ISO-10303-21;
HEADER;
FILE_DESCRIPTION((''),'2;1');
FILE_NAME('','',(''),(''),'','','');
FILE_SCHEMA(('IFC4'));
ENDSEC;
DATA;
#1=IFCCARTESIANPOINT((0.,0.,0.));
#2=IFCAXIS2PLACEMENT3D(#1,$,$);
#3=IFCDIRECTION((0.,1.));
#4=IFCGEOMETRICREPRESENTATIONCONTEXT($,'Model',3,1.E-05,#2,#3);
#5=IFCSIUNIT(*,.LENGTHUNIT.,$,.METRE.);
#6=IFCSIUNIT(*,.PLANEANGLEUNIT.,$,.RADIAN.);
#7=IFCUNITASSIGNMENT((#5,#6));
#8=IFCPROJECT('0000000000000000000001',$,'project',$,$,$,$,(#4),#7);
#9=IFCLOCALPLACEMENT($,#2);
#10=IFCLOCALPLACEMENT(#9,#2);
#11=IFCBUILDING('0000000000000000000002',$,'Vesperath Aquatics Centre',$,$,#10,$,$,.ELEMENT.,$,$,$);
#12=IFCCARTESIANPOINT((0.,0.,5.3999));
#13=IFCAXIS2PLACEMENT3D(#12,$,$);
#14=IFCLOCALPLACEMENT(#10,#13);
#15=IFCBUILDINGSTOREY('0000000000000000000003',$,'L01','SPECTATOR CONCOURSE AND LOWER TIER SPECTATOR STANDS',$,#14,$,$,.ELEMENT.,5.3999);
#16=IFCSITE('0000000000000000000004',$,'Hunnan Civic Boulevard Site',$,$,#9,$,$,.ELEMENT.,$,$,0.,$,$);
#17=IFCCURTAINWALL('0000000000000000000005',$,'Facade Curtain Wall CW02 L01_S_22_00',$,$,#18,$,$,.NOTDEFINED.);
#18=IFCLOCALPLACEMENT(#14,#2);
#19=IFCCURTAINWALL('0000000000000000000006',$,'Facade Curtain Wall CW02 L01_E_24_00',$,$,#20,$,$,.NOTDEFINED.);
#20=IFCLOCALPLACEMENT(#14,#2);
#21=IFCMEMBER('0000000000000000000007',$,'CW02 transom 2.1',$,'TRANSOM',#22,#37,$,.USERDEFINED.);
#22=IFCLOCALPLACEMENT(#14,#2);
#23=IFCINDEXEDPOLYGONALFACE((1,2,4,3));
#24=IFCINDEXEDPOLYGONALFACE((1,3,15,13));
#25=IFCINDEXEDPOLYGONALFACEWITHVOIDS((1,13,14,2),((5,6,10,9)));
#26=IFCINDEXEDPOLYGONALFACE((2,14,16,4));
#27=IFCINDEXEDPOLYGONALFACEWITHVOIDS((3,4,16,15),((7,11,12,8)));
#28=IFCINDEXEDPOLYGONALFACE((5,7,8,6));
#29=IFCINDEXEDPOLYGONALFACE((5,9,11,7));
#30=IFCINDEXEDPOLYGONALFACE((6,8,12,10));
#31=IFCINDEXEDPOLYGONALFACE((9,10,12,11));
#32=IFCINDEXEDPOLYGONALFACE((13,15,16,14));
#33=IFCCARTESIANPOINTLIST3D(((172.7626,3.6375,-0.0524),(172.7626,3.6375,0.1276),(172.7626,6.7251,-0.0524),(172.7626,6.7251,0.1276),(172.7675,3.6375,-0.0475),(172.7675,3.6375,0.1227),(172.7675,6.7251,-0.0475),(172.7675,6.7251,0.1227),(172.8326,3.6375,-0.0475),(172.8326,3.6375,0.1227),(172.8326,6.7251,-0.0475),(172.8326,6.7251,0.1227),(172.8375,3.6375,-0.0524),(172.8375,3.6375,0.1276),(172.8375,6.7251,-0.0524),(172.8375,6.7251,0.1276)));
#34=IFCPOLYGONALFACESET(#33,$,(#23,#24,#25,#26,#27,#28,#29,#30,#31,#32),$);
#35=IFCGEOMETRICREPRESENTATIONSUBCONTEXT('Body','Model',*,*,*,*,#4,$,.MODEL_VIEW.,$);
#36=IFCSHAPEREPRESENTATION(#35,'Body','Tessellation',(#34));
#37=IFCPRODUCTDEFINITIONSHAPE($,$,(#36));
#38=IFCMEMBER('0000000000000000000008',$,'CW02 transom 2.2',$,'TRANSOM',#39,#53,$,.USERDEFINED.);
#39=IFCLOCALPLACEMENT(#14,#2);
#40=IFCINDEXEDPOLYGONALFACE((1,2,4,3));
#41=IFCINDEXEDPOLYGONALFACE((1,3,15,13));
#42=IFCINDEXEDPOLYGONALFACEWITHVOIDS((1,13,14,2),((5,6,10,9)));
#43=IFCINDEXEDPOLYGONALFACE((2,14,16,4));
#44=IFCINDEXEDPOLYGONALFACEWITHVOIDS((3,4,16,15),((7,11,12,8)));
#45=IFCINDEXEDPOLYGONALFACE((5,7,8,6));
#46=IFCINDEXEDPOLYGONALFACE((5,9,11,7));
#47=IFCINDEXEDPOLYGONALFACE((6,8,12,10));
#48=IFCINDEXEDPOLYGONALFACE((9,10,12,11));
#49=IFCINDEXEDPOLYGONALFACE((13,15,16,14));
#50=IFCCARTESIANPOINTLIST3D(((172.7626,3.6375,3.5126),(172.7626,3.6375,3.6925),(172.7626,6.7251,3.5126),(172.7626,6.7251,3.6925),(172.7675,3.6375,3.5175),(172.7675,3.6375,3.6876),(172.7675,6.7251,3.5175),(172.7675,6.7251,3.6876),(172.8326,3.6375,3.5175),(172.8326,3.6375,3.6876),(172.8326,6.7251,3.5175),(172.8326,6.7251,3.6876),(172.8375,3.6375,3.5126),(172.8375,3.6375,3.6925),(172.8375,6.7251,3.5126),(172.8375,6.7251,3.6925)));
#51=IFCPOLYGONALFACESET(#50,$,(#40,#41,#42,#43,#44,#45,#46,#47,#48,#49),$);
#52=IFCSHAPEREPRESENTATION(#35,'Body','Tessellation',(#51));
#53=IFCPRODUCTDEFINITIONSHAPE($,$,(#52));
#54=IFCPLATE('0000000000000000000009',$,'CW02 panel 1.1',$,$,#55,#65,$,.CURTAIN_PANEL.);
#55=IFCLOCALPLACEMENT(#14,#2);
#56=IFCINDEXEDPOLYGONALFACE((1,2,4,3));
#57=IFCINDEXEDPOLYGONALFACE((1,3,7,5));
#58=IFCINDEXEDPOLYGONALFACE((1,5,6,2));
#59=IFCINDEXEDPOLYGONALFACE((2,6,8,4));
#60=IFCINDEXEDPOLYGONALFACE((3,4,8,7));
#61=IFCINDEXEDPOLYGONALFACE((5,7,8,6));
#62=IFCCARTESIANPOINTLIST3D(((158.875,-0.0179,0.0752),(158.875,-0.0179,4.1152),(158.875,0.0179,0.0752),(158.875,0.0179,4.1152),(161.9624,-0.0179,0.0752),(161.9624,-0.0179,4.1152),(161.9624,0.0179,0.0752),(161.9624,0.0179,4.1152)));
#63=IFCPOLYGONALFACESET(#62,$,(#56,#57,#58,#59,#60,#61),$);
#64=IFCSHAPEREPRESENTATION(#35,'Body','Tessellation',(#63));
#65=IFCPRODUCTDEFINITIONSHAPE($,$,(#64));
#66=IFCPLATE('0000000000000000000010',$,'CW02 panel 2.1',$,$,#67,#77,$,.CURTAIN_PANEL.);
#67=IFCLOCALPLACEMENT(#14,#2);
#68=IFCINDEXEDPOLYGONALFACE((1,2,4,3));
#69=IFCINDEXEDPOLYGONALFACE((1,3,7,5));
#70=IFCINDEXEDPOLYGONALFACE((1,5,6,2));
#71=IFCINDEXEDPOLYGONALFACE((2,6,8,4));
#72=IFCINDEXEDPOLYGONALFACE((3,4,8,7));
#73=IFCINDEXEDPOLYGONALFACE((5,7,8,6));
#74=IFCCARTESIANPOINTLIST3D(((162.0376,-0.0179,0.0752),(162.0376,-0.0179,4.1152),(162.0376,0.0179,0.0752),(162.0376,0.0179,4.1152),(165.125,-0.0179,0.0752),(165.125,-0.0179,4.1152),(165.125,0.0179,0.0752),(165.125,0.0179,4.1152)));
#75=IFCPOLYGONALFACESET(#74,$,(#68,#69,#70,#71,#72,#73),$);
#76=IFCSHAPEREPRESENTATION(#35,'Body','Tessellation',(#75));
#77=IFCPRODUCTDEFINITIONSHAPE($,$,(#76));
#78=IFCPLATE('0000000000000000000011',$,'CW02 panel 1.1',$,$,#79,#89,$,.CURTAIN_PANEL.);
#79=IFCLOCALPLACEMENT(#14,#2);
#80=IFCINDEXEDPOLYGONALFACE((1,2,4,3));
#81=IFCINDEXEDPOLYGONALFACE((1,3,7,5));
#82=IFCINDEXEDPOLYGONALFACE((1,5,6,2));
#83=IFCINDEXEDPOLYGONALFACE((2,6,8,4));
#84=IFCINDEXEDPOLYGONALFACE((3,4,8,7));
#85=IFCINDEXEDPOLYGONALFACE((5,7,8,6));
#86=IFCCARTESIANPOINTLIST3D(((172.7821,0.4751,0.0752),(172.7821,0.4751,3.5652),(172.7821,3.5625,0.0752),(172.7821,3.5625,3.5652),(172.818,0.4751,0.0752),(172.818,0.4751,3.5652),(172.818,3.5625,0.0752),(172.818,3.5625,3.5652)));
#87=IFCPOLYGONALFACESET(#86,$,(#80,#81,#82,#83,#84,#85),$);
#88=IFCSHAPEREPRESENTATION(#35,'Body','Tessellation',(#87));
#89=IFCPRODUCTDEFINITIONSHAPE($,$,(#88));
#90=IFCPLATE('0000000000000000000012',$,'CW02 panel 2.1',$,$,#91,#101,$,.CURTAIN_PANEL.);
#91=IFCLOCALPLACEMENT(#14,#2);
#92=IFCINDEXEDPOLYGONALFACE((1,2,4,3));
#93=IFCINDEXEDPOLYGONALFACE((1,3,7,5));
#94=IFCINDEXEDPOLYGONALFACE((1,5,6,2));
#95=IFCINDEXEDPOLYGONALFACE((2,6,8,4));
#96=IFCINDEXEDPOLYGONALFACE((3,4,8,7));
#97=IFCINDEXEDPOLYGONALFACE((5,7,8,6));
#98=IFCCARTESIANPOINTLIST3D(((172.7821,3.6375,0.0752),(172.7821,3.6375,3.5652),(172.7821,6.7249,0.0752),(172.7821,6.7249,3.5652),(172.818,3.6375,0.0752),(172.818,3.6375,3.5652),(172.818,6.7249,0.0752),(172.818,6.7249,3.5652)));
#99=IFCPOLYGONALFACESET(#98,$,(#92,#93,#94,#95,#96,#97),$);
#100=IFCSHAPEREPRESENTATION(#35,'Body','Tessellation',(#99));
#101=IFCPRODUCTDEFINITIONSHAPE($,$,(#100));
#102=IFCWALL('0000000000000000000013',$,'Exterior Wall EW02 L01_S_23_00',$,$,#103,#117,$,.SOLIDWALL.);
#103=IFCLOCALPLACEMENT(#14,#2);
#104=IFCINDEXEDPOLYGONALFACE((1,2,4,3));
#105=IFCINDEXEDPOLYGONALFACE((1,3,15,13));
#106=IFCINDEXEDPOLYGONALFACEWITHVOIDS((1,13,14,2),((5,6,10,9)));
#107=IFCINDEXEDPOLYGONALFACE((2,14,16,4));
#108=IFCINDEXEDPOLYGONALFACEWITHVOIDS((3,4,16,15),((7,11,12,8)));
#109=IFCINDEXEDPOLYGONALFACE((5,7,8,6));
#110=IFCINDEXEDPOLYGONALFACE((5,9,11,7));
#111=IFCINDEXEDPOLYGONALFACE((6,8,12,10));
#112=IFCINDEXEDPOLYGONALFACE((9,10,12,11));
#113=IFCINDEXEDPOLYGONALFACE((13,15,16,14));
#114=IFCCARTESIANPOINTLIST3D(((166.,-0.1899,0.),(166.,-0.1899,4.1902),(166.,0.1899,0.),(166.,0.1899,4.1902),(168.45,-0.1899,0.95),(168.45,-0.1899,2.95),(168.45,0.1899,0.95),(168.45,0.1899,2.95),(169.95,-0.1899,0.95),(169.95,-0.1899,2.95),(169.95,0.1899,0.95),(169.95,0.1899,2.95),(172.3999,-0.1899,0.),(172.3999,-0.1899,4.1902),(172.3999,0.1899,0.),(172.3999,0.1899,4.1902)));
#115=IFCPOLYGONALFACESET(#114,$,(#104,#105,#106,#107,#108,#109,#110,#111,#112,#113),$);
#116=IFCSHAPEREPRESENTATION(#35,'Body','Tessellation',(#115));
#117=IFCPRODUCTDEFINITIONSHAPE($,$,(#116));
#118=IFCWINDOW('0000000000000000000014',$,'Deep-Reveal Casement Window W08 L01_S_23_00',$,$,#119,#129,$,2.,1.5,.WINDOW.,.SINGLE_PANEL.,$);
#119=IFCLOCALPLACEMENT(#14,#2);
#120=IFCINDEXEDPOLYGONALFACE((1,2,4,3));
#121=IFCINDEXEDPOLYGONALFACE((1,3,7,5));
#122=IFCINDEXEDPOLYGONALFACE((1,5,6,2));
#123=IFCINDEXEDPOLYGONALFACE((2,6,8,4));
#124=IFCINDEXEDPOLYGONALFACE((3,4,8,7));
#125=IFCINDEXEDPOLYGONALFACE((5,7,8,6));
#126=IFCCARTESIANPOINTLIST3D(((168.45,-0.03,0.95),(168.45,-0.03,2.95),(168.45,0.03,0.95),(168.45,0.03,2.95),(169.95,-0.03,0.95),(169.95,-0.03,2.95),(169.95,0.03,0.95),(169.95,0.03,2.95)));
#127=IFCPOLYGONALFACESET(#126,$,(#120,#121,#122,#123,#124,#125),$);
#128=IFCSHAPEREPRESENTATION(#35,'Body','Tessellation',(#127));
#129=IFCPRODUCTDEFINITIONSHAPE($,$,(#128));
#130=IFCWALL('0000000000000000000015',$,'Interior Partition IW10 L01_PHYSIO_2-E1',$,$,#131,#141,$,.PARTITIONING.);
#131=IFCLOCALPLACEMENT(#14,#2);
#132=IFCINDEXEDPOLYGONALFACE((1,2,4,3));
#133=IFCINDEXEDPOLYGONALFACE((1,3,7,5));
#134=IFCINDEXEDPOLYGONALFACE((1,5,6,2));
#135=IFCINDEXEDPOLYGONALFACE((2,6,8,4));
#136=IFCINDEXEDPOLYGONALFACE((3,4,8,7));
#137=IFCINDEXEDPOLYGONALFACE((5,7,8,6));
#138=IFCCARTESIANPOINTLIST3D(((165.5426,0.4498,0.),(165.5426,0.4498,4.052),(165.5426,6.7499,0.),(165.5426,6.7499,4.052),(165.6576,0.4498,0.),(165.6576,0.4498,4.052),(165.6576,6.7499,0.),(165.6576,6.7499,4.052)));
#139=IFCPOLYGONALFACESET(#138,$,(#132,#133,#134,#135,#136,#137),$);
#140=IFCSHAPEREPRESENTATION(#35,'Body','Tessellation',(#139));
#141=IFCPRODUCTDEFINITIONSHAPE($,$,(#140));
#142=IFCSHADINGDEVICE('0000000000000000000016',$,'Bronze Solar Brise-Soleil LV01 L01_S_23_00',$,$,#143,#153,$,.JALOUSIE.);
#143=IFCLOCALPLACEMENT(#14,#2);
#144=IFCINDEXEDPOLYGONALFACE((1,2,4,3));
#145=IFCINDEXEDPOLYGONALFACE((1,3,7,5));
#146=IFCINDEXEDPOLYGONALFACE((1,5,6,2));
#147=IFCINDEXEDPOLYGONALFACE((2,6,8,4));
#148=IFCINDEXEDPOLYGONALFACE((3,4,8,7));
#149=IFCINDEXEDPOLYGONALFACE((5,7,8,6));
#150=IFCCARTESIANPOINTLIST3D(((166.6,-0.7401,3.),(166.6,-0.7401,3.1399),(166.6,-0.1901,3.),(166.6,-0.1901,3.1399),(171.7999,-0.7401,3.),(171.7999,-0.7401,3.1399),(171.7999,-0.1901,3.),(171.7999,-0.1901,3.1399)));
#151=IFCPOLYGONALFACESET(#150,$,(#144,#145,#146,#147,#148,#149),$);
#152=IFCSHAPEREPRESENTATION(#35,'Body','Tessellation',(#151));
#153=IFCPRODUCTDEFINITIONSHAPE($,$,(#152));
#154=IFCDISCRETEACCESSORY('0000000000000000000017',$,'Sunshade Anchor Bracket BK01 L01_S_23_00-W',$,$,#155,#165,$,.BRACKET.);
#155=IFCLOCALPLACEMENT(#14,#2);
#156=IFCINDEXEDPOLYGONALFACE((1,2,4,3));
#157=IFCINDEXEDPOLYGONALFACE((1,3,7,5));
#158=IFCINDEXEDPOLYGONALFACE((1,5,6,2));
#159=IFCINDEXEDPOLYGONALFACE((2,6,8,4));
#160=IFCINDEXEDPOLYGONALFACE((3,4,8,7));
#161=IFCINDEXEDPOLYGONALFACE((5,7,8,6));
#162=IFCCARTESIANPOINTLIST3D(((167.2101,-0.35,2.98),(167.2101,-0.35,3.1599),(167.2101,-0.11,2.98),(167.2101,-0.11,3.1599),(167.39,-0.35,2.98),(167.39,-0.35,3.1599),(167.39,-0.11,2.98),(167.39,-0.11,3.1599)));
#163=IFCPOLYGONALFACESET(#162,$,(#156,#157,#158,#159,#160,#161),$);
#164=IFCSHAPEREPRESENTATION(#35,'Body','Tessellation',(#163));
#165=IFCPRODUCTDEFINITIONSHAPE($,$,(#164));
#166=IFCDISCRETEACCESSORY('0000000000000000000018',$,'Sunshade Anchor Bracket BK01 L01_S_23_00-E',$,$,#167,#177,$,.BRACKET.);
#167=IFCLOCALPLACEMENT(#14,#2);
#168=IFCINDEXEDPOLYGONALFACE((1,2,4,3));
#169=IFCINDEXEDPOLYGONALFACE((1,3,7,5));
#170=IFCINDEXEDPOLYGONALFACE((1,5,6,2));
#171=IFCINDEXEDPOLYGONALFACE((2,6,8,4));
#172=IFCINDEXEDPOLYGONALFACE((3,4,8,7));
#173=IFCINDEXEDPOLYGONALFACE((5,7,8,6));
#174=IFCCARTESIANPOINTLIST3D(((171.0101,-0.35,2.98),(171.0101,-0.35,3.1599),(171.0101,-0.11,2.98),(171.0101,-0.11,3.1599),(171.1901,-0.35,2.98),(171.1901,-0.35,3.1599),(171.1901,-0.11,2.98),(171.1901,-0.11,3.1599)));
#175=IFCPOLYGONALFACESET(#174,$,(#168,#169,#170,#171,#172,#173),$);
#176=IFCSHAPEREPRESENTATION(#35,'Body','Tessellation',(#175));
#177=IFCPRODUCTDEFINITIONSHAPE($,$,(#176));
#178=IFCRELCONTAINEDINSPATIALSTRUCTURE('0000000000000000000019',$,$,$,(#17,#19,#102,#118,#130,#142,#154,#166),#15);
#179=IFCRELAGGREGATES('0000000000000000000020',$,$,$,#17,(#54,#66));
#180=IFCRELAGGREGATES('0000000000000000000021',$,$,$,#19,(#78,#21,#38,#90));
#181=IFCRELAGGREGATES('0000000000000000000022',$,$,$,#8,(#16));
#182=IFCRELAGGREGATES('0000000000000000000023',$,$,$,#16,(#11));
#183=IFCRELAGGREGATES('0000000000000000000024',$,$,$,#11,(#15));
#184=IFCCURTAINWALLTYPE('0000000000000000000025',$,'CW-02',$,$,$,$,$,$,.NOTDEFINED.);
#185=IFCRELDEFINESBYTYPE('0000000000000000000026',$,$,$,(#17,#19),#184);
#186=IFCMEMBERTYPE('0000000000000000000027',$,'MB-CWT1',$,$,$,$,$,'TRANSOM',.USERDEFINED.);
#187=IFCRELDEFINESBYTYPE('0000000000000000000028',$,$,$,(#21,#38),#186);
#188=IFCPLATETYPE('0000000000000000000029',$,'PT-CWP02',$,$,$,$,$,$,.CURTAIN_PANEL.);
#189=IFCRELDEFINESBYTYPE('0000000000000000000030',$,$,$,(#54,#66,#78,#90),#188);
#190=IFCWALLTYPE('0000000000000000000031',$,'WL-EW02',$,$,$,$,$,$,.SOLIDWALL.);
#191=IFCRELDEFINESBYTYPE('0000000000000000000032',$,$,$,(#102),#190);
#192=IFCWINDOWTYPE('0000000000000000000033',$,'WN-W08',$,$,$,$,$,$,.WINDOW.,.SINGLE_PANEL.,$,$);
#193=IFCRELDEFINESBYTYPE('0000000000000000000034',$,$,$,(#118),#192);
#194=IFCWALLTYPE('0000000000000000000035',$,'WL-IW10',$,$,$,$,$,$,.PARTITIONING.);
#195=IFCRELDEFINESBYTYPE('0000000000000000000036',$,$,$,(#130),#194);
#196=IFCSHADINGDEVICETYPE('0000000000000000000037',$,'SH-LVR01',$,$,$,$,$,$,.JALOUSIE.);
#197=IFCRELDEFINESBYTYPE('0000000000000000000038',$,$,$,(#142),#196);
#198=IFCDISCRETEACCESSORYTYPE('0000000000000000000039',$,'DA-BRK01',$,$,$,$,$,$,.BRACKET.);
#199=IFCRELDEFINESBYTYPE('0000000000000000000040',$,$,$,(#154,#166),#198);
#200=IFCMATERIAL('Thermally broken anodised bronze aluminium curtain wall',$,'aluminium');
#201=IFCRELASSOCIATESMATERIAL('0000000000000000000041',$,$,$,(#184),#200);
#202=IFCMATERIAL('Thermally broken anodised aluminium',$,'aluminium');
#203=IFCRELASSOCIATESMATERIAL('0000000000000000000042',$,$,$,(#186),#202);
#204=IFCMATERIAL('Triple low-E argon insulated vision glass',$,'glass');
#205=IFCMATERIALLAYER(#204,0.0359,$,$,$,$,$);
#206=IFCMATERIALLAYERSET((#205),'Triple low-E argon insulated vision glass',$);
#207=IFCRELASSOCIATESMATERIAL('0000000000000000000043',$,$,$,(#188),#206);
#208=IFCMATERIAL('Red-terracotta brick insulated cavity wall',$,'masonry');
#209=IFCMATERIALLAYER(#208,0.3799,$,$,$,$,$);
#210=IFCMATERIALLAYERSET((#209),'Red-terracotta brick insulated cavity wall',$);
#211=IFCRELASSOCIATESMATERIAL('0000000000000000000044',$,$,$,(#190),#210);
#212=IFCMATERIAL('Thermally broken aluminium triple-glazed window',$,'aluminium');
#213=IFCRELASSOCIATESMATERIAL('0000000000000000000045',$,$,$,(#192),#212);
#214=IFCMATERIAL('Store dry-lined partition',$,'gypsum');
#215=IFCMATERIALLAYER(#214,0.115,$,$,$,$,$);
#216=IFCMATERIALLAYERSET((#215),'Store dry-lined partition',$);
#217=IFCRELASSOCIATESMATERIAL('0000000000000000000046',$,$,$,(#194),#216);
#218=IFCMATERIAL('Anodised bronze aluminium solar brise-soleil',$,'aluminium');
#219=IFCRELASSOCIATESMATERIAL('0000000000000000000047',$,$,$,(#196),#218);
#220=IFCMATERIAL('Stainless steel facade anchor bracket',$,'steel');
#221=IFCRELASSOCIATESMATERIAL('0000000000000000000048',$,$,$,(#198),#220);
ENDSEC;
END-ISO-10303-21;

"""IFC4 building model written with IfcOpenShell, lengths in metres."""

from ifc_helpers import new_model, si_unit, direction, frame, frame_2d, origin, origin_2d, place, context, subcontext, project, spatial, rectangle, hollow_rectangle, extrude, material, layer, layer_set, material_profile, profile_set, type_object, element, fill, aggregate, save


model = new_model("IFC4")

# Units and contexts
model_context = context("Model", 3, precision=1e-05, world=origin(), true_north=direction((0.0, 1.0)))
body_context = subcontext(model_context, "Body", "Model", "MODEL_VIEW")
ifc_project = project(units=[si_unit("LENGTHUNIT", "METRE"), si_unit("PLANEANGLEUNIT", "RADIAN")], contexts=[model_context])

# Site, building, storey
site_placement = place(None, origin())
site = spatial("IfcSite", under=ifc_project, at=site_placement, Name="Hunnan Civic Boulevard Site", CompositionType="ELEMENT", RefElevation=0.0)
building_placement = place(site_placement, origin())
building = spatial("IfcBuilding", under=site, at=building_placement, Name="Vesperath Aquatics Centre", CompositionType="ELEMENT")
storey_placement = place(building_placement, frame((0.0, 0.0, 5.3999)))
storey = spatial("IfcBuildingStorey", under=building, at=storey_placement, Name="L01", Description="SPECTATOR CONCOURSE AND LOWER TIER SPECTATOR STANDS", CompositionType="ELEMENT", Elevation=5.3999)

# Curtain walls
ifc_material_1 = material(Name="Thermally broken anodised bronze aluminium curtain wall", Category="aluminium")
curtain_wall_type = type_object("IfcCurtainWallType", Name="CW-02", PredefinedType="NOTDEFINED", material=ifc_material_1)
curtain_wall_1_placement = place(storey_placement, origin())
curtain_wall_1 = element("IfcCurtainWall", 1, at=curtain_wall_1_placement, inside=storey, type_object=curtain_wall_type, Name="Facade Curtain Wall CW02 L01_S_22_00", PredefinedType="NOTDEFINED")
ifc_material_2 = material(Name="Thermally broken anodised aluminium", Category="aluminium")
curtain_wall_2_placement = place(storey_placement, origin())
curtain_wall_2 = element("IfcCurtainWall", 2, at=curtain_wall_2_placement, inside=storey, type_object=curtain_wall_type, Name="Facade Curtain Wall CW02 L01_E_24_00", PredefinedType="NOTDEFINED")

# Members
ifc_material_profile_1 = material_profile(ifc_material_2, hollow_rectangle(XDim=0.075, YDim=0.1799, WallThickness=0.0049, at=origin_2d()), Name="CWT 75x180x5")
ifc_profile_set_1 = profile_set([ifc_material_profile_1], Name="Thermally broken anodised aluminium")
member_type_1 = type_object("IfcMemberType", Name="MB-CWT1", ElementType="TRANSOM", PredefinedType="USERDEFINED", material=ifc_profile_set_1)
member_1_placement = place(storey_placement, frame((172.8, 3.6375, 0.0376), z_axis=(0.0, 1.0, 0.0), x_axis=(-1.0, 0.0, 0.0)))
member_1 = element("IfcMember", 3, at=member_1_placement, type_object=member_type_1, Name="CW02 transom 2.1", ObjectType="TRANSOM", PredefinedType="USERDEFINED", context=body_context, shape_type="SweptSolid", body=[
    extrude(hollow_rectangle(XDim=0.075, YDim=0.1799, WallThickness=0.0049, at=origin_2d()), origin(), (0.0, 0.0, 1.0), 3.0876),
])
member_2_placement = place(storey_placement, frame((172.8, 3.6375, 3.6025), z_axis=(0.0, 1.0, 0.0), x_axis=(-1.0, 0.0, 0.0)))
member_2 = element("IfcMember", 4, at=member_2_placement, type_object=member_type_1, Name="CW02 transom 2.2", ObjectType="TRANSOM", PredefinedType="USERDEFINED", context=body_context, shape_type="SweptSolid", body=[
    extrude(hollow_rectangle(XDim=0.075, YDim=0.1799, WallThickness=0.0049, at=origin_2d()), origin(), (0.0, 0.0, 1.0), 3.0876),
])

# Plates
ifc_material_3 = material(Name="Triple low-E argon insulated vision glass", Category="glass")
ifc_layer_1 = layer(ifc_material_3, 0.0359)
ifc_layer_set_1 = layer_set([ifc_layer_1], Name="Triple low-E argon insulated vision glass")
plate_type = type_object("IfcPlateType", Name="PT-CWP02", PredefinedType="CURTAIN_PANEL", material=ifc_layer_set_1)
plate_1_placement = place(storey_placement, frame((160.4187, 0.0, 0.0752), z_axis=(0.0, 0.0, 1.0), x_axis=(1.0, 0.0, 0.0)))
plate_1 = element("IfcPlate", 5, at=plate_1_placement, type_object=plate_type, Name="CW02 panel 1.1", PredefinedType="CURTAIN_PANEL", context=body_context, shape_type="SweptSolid", body=[
    extrude(rectangle(XDim=3.0874, YDim=0.0359, at=origin_2d()), origin(), (0.0, 0.0, 1.0), 4.04),
])
plate_2_placement = place(storey_placement, frame((163.5813, 0.0, 0.0752), z_axis=(0.0, 0.0, 1.0), x_axis=(1.0, 0.0, 0.0)))
plate_2 = element("IfcPlate", 6, at=plate_2_placement, type_object=plate_type, Name="CW02 panel 2.1", PredefinedType="CURTAIN_PANEL", context=body_context, shape_type="SweptSolid", body=[
    extrude(rectangle(XDim=3.0874, YDim=0.0359, at=origin_2d()), origin(), (0.0, 0.0, 1.0), 4.04),
])
aggregate(curtain_wall_1, [plate_1, plate_2])
plate_3_placement = place(storey_placement, frame((172.8, 2.0188, 0.0752), z_axis=(0.0, 0.0, 1.0), x_axis=(0.0, 1.0, 0.0)))
plate_3 = element("IfcPlate", 7, at=plate_3_placement, type_object=plate_type, Name="CW02 panel 1.1", PredefinedType="CURTAIN_PANEL", context=body_context, shape_type="SweptSolid", body=[
    extrude(rectangle(XDim=3.0874, YDim=0.0359, at=origin_2d()), origin(), (0.0, 0.0, 1.0), 3.49),
])
plate_4_placement = place(storey_placement, frame((172.8, 5.1812, 0.0752), z_axis=(0.0, 0.0, 1.0), x_axis=(0.0, 1.0, 0.0)))
plate_4 = element("IfcPlate", 8, at=plate_4_placement, type_object=plate_type, Name="CW02 panel 2.1", PredefinedType="CURTAIN_PANEL", context=body_context, shape_type="SweptSolid", body=[
    extrude(rectangle(XDim=3.0874, YDim=0.0359, at=origin_2d()), origin(), (0.0, 0.0, 1.0), 3.49),
])
aggregate(curtain_wall_2, [plate_3, member_1, member_2, plate_4])

# Wall, opening, window
ifc_material_4 = material(Name="Red-terracotta brick insulated cavity wall", Category="masonry")
ifc_layer_2 = layer(ifc_material_4, 0.3799)
ifc_layer_set_2 = layer_set([ifc_layer_2], Name="Red-terracotta brick insulated cavity wall")
wall_type_1 = type_object("IfcWallType", Name="WL-EW02", PredefinedType="SOLIDWALL", material=ifc_layer_set_2)
wall_1_placement = place(storey_placement, frame((166.0, 0.0, 0.0), z_axis=(0.0, 0.0, 1.0), x_axis=(1.0, 0.0, 0.0)))
wall_1 = element("IfcWall", 9, at=wall_1_placement, inside=storey, type_object=wall_type_1, Name="Exterior Wall EW02 L01_S_23_00", PredefinedType="SOLIDWALL", context=body_context, shape_type="SweptSolid", body=[
    extrude(rectangle(XDim=6.3999, YDim=0.3799, at=frame_2d((3.2, 0.0))), origin(), (0.0, 0.0, 1.0), 4.1902),
])
opening_placement = place(wall_1_placement, frame((2.45, 0.0, 0.95)))
opening = element("IfcOpeningElement", 10, at=opening_placement, cuts=wall_1, PredefinedType="OPENING", context=body_context, shape_type="SweptSolid", body=[
    extrude(rectangle(XDim=1.5, YDim=2.0, at=frame_2d((0.75, 1.0))), frame((0.0, 0.2048, 0.0), z_axis=(0.0, -1.0, 0.0), x_axis=(1.0, 0.0, 0.0)), (0.0, 0.0, 1.0), 0.4097),
])
ifc_material_5 = material(Name="Thermally broken aluminium triple-glazed window", Category="aluminium")
window_type = type_object("IfcWindowType", Name="WN-W08", PartitioningType="SINGLE_PANEL", PredefinedType="WINDOW", material=ifc_material_5)
window_placement = place(opening_placement, origin())
window = element("IfcWindow", 11, at=window_placement, inside=storey, type_object=window_type, Name="Deep-Reveal Casement Window W08 L01_S_23_00", OverallHeight=2.0, OverallWidth=1.5, PartitioningType="SINGLE_PANEL", PredefinedType="WINDOW", context=body_context, shape_type="SweptSolid", body=[
    extrude(rectangle(XDim=1.5, YDim=2.0, at=frame_2d((0.75, 1.0))), frame((0.0, 0.03, 0.0), z_axis=(0.0, -1.0, 0.0), x_axis=(1.0, 0.0, 0.0)), (0.0, 0.0, 1.0), 0.0601),
])
fill(opening, window)

# Wall
ifc_material_6 = material(Name="Store dry-lined partition", Category="gypsum")
ifc_layer_3 = layer(ifc_material_6, 0.115)
ifc_layer_set_3 = layer_set([ifc_layer_3], Name="Store dry-lined partition")
wall_type_2 = type_object("IfcWallType", Name="WL-IW10", PredefinedType="PARTITIONING", material=ifc_layer_set_3)
wall_2_placement = place(storey_placement, frame((165.6001, 0.45, 0.0), z_axis=(0.0, 0.0, 1.0), x_axis=(0.0, 1.0, 0.0)))
element("IfcWall", 12, at=wall_2_placement, inside=storey, type_object=wall_type_2, Name="Interior Partition IW10 L01_PHYSIO_2-E1", PredefinedType="PARTITIONING", context=body_context, shape_type="SweptSolid", body=[
    extrude(rectangle(XDim=6.3, YDim=0.115, at=frame_2d((3.1499, 0.0))), origin(), (0.0, 0.0, 1.0), 4.052),
])

# Shading device
ifc_material_7 = material(Name="Anodised bronze aluminium solar brise-soleil", Category="aluminium")
shading_device_type = type_object("IfcShadingDeviceType", Name="SH-LVR01", PredefinedType="JALOUSIE", material=ifc_material_7)
shading_device_placement = place(storey_placement, frame((169.2, -0.4651, 3.0), z_axis=(0.0, 0.0, 1.0), x_axis=(1.0, 0.0, 0.0)))
element("IfcShadingDevice", 13, at=shading_device_placement, inside=storey, type_object=shading_device_type, Name="Bronze Solar Brise-Soleil LV01 L01_S_23_00", PredefinedType="JALOUSIE", context=body_context, shape_type="SweptSolid", body=[
    extrude(rectangle(XDim=5.2, YDim=0.55, at=origin_2d()), origin(), (0.0, 0.0, 1.0), 0.1399),
])

# Discrete accessories
ifc_material_8 = material(Name="Stainless steel facade anchor bracket", Category="steel")
discrete_accessory_type = type_object("IfcDiscreteAccessoryType", Name="DA-BRK01", PredefinedType="BRACKET", material=ifc_material_8)
for number, where, z_axis, x_axis, name in (
    (14, (167.3, -0.23, 2.98), (0.0, 0.0, 1.0), (1.0, 0.0, 0.0), "Sunshade Anchor Bracket BK01 L01_S_23_00-W"),
    (15, (171.1001, -0.23, 2.98), (0.0, 0.0, 1.0), (1.0, 0.0, 0.0), "Sunshade Anchor Bracket BK01 L01_S_23_00-E"),
):
    element("IfcDiscreteAccessory", number, at=place(storey_placement, frame(where, z_axis=z_axis, x_axis=x_axis)), inside=storey, type_object=discrete_accessory_type, Name=name, PredefinedType="BRACKET", context=body_context, shape_type="SweptSolid", body=[
        extrude(rectangle(XDim=0.1799, YDim=0.24, at=origin_2d()), origin(), (0.0, 0.0, 1.0), 0.1799),
    ])

save(model, "model.ifc")
